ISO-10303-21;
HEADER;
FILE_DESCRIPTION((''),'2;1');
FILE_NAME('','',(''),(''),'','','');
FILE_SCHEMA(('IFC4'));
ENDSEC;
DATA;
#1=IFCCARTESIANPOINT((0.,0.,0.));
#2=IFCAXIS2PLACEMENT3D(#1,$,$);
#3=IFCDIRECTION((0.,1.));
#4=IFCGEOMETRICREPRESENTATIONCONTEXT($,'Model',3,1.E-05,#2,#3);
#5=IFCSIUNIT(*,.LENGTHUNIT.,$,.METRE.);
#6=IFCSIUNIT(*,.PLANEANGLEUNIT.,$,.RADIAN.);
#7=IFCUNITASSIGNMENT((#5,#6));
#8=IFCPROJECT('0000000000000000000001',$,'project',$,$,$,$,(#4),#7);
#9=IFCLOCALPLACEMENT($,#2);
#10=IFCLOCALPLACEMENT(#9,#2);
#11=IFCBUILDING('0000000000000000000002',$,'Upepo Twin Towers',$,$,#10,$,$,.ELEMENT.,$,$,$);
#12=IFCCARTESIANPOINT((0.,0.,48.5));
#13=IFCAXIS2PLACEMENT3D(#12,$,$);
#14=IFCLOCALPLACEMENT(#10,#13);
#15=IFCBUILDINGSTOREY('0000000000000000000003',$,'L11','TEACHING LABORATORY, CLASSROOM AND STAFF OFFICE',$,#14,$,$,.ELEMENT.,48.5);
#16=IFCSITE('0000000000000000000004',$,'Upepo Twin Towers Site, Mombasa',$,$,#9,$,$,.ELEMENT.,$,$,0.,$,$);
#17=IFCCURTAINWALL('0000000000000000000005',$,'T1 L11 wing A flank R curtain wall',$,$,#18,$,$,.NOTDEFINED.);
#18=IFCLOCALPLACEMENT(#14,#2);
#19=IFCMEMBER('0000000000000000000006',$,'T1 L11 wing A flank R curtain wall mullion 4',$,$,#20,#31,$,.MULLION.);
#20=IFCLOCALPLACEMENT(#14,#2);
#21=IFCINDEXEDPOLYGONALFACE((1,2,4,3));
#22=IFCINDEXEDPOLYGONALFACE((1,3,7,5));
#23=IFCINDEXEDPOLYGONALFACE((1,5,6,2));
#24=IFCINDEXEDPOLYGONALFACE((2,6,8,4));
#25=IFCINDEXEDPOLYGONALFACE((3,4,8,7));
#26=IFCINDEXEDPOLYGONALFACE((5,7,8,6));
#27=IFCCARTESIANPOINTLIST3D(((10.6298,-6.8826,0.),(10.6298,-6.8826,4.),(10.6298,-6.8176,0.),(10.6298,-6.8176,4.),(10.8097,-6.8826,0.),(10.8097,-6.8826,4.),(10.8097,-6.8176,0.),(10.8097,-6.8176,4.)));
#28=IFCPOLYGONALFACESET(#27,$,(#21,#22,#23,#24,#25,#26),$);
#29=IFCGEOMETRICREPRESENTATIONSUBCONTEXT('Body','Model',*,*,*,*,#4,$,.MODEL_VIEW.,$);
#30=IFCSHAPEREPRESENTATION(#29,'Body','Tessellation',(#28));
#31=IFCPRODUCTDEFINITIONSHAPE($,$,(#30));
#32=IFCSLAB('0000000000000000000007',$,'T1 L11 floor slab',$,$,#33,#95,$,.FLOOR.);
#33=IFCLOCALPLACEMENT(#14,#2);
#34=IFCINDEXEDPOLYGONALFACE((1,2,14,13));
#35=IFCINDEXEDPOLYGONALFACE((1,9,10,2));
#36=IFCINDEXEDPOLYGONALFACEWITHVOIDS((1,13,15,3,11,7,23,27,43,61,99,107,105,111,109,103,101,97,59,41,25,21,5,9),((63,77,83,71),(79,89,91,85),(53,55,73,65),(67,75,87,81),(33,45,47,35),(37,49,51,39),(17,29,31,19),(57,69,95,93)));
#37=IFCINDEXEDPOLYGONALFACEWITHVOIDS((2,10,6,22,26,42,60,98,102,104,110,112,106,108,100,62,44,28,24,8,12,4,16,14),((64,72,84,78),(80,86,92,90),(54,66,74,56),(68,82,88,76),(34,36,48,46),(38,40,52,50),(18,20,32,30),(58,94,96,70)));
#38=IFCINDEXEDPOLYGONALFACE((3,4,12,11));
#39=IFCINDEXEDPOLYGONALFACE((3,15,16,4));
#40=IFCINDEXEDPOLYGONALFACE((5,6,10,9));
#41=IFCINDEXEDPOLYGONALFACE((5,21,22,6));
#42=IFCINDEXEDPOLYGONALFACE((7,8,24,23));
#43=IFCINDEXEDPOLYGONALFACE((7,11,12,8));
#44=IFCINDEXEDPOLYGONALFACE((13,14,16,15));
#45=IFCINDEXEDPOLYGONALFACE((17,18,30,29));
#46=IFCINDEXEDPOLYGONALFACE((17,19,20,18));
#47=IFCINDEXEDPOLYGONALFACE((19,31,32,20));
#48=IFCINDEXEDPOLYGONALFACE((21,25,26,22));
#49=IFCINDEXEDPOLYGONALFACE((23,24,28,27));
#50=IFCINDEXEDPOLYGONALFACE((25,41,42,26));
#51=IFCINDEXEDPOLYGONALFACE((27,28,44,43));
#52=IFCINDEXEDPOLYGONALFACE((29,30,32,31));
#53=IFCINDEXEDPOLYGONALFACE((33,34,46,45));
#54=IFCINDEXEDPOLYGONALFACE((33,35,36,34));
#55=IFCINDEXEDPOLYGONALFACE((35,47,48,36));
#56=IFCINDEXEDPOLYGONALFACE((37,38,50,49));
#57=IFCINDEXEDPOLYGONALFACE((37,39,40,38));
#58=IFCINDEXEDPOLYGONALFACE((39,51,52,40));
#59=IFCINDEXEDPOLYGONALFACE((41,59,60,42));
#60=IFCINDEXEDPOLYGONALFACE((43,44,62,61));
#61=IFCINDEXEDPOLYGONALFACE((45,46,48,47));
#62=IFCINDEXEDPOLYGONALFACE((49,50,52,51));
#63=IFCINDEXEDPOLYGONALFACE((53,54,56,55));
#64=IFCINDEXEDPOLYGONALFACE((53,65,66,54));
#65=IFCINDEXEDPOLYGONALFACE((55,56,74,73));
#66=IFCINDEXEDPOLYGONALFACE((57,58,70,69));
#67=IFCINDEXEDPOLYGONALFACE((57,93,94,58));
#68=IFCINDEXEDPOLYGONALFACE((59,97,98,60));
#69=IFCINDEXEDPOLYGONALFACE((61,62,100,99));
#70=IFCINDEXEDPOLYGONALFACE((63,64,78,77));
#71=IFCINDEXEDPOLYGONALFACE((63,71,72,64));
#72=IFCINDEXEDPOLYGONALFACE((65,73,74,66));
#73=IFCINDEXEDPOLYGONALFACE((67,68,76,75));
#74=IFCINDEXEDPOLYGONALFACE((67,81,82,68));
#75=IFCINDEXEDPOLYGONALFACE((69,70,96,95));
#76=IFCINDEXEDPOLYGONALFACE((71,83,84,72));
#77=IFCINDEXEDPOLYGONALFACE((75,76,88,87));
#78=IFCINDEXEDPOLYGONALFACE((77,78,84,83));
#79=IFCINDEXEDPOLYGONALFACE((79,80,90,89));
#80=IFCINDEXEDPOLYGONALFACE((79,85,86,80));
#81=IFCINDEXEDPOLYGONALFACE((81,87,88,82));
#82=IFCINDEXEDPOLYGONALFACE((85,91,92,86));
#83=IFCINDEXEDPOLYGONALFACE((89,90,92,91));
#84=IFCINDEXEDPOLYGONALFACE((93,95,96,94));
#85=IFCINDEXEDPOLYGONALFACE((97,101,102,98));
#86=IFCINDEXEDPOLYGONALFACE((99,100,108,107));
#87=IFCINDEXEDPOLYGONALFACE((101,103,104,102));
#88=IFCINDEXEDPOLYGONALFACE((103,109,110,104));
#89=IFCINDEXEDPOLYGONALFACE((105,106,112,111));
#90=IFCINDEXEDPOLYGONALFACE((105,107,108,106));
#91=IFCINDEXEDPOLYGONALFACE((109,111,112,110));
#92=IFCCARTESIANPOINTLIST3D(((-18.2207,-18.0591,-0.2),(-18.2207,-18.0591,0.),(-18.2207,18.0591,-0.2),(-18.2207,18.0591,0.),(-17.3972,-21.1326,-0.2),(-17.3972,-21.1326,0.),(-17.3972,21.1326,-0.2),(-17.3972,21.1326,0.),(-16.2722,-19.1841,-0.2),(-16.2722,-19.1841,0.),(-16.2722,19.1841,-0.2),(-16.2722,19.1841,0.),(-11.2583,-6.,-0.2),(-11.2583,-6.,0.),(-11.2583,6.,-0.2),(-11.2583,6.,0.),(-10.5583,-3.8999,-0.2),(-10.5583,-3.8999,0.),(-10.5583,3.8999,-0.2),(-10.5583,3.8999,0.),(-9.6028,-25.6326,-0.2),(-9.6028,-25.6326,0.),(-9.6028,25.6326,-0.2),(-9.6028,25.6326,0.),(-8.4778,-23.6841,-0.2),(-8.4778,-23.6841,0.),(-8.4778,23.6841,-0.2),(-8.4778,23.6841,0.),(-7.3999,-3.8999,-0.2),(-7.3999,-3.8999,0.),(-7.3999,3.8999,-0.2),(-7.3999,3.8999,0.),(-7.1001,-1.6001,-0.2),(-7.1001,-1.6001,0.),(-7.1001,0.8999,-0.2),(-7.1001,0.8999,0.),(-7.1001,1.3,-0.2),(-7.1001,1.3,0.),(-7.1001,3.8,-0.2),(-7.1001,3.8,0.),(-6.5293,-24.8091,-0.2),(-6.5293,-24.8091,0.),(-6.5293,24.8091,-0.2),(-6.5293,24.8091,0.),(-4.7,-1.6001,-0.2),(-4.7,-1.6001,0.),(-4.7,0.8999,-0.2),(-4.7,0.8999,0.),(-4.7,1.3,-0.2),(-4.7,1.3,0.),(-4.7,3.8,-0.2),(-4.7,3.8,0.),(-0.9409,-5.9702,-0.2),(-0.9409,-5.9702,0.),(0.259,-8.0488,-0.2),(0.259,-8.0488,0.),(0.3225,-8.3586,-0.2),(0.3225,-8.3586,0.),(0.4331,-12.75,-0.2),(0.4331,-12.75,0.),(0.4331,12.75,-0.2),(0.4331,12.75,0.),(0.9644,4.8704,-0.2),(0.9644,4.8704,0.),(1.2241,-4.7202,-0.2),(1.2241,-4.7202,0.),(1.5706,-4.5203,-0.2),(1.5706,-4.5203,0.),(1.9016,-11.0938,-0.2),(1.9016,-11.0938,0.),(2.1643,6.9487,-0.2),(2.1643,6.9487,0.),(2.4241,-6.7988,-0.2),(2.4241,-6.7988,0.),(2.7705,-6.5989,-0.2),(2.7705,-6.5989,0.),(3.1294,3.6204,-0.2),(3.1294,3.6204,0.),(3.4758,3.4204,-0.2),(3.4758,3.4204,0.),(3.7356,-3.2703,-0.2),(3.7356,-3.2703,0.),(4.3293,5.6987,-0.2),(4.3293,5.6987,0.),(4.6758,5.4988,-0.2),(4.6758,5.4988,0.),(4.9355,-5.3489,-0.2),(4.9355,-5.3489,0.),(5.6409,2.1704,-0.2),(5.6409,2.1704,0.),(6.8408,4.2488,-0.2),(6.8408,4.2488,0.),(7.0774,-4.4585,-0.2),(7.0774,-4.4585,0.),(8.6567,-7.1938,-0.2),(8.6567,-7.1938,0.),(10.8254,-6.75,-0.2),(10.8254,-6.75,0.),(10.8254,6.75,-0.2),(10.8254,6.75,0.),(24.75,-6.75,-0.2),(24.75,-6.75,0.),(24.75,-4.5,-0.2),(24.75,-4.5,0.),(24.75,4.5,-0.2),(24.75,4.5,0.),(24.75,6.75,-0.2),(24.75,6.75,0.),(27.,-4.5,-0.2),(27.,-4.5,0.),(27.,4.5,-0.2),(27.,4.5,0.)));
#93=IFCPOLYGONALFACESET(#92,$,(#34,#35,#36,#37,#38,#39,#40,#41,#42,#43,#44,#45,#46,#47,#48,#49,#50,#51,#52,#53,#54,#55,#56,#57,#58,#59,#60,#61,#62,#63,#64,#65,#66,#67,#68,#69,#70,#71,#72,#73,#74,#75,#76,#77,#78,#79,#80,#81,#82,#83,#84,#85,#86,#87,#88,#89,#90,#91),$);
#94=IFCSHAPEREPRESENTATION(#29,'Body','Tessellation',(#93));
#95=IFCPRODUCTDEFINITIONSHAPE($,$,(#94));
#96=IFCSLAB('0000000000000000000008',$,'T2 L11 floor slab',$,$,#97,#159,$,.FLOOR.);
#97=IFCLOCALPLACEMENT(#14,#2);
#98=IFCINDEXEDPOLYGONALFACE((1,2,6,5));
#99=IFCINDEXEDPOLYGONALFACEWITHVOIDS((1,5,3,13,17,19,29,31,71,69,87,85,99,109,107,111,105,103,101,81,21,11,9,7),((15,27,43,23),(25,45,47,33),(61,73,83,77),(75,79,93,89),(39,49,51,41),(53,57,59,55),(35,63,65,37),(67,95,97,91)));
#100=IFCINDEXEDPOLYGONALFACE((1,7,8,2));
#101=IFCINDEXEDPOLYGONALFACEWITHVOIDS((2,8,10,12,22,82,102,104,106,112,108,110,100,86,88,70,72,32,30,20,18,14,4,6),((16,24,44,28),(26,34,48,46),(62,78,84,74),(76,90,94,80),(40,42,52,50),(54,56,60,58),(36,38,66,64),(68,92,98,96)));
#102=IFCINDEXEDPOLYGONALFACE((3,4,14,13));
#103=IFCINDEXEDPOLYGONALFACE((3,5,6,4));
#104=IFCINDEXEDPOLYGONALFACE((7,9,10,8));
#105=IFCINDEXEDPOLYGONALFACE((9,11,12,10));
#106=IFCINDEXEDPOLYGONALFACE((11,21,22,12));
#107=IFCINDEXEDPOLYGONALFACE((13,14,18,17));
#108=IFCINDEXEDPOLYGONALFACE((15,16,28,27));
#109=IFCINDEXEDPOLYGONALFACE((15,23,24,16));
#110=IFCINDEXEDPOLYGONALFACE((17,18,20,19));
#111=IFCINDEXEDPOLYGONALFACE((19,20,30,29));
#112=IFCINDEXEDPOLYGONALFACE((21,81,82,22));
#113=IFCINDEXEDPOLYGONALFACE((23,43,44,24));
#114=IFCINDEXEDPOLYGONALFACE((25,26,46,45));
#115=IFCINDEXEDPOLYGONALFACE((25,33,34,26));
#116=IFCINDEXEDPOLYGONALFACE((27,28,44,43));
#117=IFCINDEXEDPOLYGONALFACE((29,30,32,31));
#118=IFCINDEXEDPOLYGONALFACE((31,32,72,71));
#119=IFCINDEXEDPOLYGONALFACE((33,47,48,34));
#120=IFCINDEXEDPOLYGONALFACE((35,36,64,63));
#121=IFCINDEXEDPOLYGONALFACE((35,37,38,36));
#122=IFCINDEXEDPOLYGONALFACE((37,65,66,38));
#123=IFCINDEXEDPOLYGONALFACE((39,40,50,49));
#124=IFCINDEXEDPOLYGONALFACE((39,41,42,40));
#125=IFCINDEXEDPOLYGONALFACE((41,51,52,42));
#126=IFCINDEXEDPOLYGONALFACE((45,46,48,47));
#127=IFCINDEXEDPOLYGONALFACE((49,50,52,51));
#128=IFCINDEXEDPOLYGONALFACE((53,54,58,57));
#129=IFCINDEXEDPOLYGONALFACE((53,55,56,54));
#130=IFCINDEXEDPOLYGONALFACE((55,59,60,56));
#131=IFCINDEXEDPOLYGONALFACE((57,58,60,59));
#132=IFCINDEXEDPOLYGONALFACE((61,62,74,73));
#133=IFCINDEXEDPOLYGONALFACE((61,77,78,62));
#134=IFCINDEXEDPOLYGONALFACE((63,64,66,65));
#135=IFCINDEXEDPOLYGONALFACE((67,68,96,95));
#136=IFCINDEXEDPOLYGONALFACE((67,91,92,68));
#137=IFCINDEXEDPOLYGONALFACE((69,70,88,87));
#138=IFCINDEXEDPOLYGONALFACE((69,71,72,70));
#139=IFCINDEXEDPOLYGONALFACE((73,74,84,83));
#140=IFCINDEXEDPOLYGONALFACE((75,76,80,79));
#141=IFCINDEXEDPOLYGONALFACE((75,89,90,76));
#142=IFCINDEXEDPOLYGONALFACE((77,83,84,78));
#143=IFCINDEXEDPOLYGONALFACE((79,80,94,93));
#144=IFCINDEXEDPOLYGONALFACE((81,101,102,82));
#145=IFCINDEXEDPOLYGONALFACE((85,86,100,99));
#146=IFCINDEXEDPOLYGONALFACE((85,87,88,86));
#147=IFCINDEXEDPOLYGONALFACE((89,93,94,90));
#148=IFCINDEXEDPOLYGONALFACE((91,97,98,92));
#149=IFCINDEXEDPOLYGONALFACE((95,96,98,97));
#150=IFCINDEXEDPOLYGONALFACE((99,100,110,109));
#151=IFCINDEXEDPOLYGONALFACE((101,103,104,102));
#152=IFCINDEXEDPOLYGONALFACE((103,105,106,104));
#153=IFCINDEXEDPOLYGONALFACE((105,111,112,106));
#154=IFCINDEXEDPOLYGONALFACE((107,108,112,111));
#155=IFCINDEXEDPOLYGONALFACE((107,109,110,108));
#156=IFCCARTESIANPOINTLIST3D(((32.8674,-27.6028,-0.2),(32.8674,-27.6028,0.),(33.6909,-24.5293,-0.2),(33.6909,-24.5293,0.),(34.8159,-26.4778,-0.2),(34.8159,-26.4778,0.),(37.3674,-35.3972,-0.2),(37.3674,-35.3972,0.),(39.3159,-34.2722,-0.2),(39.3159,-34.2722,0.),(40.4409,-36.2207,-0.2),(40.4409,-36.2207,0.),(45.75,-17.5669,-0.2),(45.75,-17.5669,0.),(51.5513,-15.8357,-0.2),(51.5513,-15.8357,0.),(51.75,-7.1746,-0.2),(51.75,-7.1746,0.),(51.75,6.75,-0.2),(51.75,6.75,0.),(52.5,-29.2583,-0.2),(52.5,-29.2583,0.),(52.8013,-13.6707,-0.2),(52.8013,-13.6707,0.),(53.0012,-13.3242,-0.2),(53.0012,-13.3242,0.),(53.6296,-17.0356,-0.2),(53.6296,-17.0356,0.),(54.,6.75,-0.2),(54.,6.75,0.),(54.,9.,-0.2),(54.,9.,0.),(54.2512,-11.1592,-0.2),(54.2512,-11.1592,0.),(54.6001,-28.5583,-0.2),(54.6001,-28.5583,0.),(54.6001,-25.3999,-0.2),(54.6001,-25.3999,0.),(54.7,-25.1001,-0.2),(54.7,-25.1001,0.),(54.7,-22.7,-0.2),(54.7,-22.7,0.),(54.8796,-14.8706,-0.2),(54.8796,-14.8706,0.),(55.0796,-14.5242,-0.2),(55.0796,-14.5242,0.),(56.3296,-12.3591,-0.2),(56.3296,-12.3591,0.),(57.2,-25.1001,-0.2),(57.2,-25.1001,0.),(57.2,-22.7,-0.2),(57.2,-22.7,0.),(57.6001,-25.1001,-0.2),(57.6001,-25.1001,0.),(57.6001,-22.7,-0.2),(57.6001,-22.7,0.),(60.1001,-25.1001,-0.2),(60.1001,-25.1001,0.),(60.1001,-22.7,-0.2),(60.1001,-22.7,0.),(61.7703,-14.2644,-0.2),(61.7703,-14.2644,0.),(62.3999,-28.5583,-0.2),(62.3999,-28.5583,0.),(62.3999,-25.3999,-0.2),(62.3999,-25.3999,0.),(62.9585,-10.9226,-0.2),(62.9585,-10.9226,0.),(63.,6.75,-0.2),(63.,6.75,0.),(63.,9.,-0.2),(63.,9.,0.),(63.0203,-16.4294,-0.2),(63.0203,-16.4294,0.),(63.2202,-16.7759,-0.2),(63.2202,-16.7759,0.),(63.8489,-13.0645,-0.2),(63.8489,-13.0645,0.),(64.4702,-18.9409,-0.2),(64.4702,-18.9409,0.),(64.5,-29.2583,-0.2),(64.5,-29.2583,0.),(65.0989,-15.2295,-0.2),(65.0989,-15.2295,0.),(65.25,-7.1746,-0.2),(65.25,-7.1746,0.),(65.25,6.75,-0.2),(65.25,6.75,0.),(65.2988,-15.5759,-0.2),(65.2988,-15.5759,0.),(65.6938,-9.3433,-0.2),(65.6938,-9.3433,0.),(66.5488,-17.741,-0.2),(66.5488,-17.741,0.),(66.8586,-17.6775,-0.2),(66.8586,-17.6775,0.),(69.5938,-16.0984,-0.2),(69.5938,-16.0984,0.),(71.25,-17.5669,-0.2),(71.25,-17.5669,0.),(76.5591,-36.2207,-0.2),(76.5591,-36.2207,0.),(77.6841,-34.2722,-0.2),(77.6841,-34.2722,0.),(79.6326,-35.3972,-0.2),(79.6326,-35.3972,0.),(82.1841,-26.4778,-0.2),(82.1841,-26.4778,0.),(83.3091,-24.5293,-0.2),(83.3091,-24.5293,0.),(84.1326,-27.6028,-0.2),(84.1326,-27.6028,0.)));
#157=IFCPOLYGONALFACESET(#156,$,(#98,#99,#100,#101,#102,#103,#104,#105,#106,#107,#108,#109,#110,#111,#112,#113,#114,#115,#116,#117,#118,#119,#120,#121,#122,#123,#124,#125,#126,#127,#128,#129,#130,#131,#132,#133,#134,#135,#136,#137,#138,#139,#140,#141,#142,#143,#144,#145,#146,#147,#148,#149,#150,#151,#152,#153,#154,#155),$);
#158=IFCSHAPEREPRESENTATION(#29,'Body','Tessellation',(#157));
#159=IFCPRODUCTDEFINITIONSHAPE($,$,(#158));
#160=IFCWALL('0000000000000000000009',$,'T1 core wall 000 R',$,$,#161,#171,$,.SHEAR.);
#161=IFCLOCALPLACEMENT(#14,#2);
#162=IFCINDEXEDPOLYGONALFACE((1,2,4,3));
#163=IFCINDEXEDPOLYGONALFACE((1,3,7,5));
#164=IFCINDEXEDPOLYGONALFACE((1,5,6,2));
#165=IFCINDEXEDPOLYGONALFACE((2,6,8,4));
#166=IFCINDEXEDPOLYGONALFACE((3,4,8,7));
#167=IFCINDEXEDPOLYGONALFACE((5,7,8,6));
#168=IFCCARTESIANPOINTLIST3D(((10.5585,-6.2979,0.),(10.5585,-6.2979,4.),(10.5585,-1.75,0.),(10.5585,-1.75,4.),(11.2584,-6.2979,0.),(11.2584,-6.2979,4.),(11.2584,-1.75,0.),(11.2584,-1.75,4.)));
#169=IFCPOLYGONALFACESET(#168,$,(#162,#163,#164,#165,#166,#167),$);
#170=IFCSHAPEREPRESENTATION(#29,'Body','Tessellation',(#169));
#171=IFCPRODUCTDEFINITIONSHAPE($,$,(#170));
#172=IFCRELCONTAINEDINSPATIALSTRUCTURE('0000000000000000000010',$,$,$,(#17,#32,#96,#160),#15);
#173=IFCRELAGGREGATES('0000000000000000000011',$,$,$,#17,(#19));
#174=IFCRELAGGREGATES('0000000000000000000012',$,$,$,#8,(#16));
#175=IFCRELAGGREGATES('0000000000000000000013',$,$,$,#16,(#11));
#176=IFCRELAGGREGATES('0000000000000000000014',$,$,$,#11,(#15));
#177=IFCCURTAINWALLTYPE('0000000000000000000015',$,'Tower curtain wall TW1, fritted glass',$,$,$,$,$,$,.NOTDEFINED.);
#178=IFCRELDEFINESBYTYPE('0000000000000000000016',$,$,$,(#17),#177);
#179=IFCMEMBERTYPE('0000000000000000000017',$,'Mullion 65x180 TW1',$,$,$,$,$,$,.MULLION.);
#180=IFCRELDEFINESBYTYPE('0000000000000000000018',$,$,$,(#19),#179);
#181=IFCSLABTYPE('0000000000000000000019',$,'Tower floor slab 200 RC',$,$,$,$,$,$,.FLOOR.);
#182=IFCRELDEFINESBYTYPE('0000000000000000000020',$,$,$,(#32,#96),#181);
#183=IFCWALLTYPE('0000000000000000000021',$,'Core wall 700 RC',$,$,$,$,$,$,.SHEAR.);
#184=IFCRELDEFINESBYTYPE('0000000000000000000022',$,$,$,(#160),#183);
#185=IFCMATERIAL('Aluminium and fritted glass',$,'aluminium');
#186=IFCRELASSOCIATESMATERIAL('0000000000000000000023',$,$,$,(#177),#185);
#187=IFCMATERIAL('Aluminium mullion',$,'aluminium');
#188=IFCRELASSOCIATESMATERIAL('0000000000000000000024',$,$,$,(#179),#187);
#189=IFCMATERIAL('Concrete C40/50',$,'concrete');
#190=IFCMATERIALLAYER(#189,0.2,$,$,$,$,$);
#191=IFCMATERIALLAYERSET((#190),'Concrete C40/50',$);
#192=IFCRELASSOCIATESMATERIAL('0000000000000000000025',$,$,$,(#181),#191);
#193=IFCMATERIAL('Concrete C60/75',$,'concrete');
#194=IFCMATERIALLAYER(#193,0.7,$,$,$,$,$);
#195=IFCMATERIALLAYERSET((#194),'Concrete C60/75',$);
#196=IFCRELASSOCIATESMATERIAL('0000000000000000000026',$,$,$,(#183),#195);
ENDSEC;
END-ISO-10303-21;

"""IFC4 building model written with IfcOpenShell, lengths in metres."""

from ifc_helpers import new_model, si_unit, direction, frame, frame_2d, origin, origin_2d, place, context, subcontext, project, spatial, polyline, rectangle, outline, extrude, material, layer, layer_set, material_profile, profile_set, type_object, element, aggregate, save


model = new_model("IFC4")

# Units and contexts
model_context = context("Model", 3, precision=1e-05, world=origin(), true_north=direction((0.0, 1.0)))
body_context = subcontext(model_context, "Body", "Model", "MODEL_VIEW")
ifc_project = project(units=[si_unit("LENGTHUNIT", "METRE"), si_unit("PLANEANGLEUNIT", "RADIAN")], contexts=[model_context])

# Site, building, storey
site_placement = place(None, origin())
site = spatial("IfcSite", under=ifc_project, at=site_placement, Name="Upepo Twin Towers Site, Mombasa", CompositionType="ELEMENT", RefElevation=0.0)
building_placement = place(site_placement, origin())
building = spatial("IfcBuilding", under=site, at=building_placement, Name="Upepo Twin Towers", CompositionType="ELEMENT")
storey_placement = place(building_placement, frame((0.0, 0.0, 48.5)))
storey = spatial("IfcBuildingStorey", under=building, at=storey_placement, Name="L11", Description="TEACHING LABORATORY, CLASSROOM AND STAFF OFFICE", CompositionType="ELEMENT", Elevation=48.5)

# Curtain wall, member
ifc_material_1 = material(Name="Aluminium and fritted glass", Category="aluminium")
curtain_wall_type = type_object("IfcCurtainWallType", Name="Tower curtain wall TW1, fritted glass", PredefinedType="NOTDEFINED", material=ifc_material_1)
curtain_wall_placement = place(storey_placement, origin())
curtain_wall = element("IfcCurtainWall", 1, at=curtain_wall_placement, inside=storey, type_object=curtain_wall_type, Name="T1 L11 wing A flank R curtain wall", PredefinedType="NOTDEFINED")
ifc_material_2 = material(Name="Aluminium mullion", Category="aluminium")
ifc_material_profile = material_profile(ifc_material_2, rectangle(XDim=0.0649, YDim=0.1799, at=origin_2d()), Name="MULLION 65x180")
ifc_profile_set = profile_set([ifc_material_profile], Name="Aluminium mullion")
member_type = type_object("IfcMemberType", Name="Mullion 65x180 TW1", PredefinedType="MULLION", material=ifc_profile_set)
member_placement = place(storey_placement, frame((10.7197, -6.8501, 0.0), z_axis=(0.0, 0.0, 1.0), x_axis=(0.0, -1.0, 0.0)))
member = element("IfcMember", 2, at=member_placement, type_object=member_type, Name="T1 L11 wing A flank R curtain wall mullion 4", PredefinedType="MULLION", context=body_context, shape_type="SweptSolid", body=[
    extrude(rectangle(XDim=0.0649, YDim=0.1799, at=origin_2d()), origin(), (0.0, 0.0, 1.0), 4.0),
])
aggregate(curtain_wall, [member])

# Slabs
ifc_material_3 = material(Name="Concrete C40/50", Category="concrete")
ifc_layer_1 = layer(ifc_material_3, 0.2)
ifc_layer_set_1 = layer_set([ifc_layer_1], Name="Concrete C40/50")
slab_type = type_object("IfcSlabType", Name="Tower floor slab 200 RC", PredefinedType="FLOOR", material=ifc_layer_set_1)
slab_1_placement = place(storey_placement, frame((0.0, 0.0, -0.2)))
element("IfcSlab", 3, at=slab_1_placement, inside=storey, type_object=slab_type, Name="T1 L11 floor slab", PredefinedType="FLOOR", context=body_context, shape_type="SweptSolid", body=[
    extrude(outline(polyline([(-8.4778, -23.6841), (-9.6028, -25.6326), (-17.3972, -21.1326), (-16.2722, -19.1841), (-18.2207, -18.0591), (-11.2583, -6.0), (-11.2583, 6.0), (-18.2207, 18.0591), (-16.2722, 19.1841), (-17.3972, 21.1326), (-9.6028, 25.6326), (-8.4778, 23.6841), (-6.5293, 24.8091), (0.4331, 12.75), (10.8254, 6.75), (24.75, 6.75), (24.75, 4.5), (27.0, 4.5), (27.0, -4.5), (24.75, -4.5), (24.75, -6.75), (10.8254, -6.75), (0.4331, -12.75), (-6.5293, -24.8091), (-8.4778, -23.6841)]), holes=[polyline([(5.6409, 2.1704), (6.8408, 4.2488), (4.6758, 5.4988), (3.4758, 3.4204), (5.6409, 2.1704)]), polyline([(3.1294, 3.6204), (4.3293, 5.6987), (2.1643, 6.9487), (0.9644, 4.8704), (3.1294, 3.6204)]), polyline([(-4.7, 3.8), (-7.1001, 3.8), (-7.1001, 1.3), (-4.7, 1.3), (-4.7, 3.8)]), polyline([(-4.7, 0.8999), (-7.1001, 0.8999), (-7.1001, -1.6001), (-4.7, -1.6001), (-4.7, 0.8999)]), polyline([(-7.3999, 3.8999), (-10.5583, 3.8999), (-10.5583, -3.8999), (-7.3999, -3.8999), (-7.3999, 3.8999)]), polyline([(-0.9409, -5.9702), (0.259, -8.0488), (2.4241, -6.7988), (1.2241, -4.7202), (-0.9409, -5.9702)]), polyline([(1.5706, -4.5203), (2.7705, -6.5989), (4.9355, -5.3489), (3.7356, -3.2703), (1.5706, -4.5203)]), polyline([(0.3225, -8.3586), (1.9016, -11.0938), (8.6567, -7.1938), (7.0774, -4.4585), (0.3225, -8.3586)])]), origin(), (0.0, 0.0, 1.0), 0.2),
])
slab_2_placement = place(storey_placement, frame((0.0, 0.0, -0.2)))
element("IfcSlab", 4, at=slab_2_placement, inside=storey, type_object=slab_type, Name="T2 L11 floor slab", PredefinedType="FLOOR", context=body_context, shape_type="SweptSolid", body=[
    extrude(outline(polyline([(82.1841, -26.4778), (84.1326, -27.6028), (79.6326, -35.3972), (77.6841, -34.2722), (76.5591, -36.2207), (64.5, -29.2583), (52.5, -29.2583), (40.4409, -36.2207), (39.3159, -34.2722), (37.3674, -35.3972), (32.8674, -27.6028), (34.8159, -26.4778), (33.6909, -24.5293), (45.75, -17.5669), (51.75, -7.1746), (51.75, 6.75), (54.0, 6.75), (54.0, 9.0), (63.0, 9.0), (63.0, 6.75), (65.25, 6.75), (65.25, -7.1746), (71.25, -17.5669), (83.3091, -24.5293), (82.1841, -26.4778)]), holes=[polyline([(56.3296, -12.3591), (54.2512, -11.1592), (53.0012, -13.3242), (55.0796, -14.5242), (56.3296, -12.3591)]), polyline([(54.8796, -14.8706), (52.8013, -13.6707), (51.5513, -15.8357), (53.6296, -17.0356), (54.8796, -14.8706)]), polyline([(54.7, -22.7), (54.7, -25.1001), (57.2, -25.1001), (57.2, -22.7), (54.7, -22.7)]), polyline([(57.6001, -22.7), (57.6001, -25.1001), (60.1001, -25.1001), (60.1001, -22.7), (57.6001, -22.7)]), polyline([(54.6001, -25.3999), (54.6001, -28.5583), (62.3999, -28.5583), (62.3999, -25.3999), (54.6001, -25.3999)]), polyline([(64.4702, -18.9409), (66.5488, -17.741), (65.2988, -15.5759), (63.2202, -16.7759), (64.4702, -18.9409)]), polyline([(63.0203, -16.4294), (65.0989, -15.2295), (63.8489, -13.0645), (61.7703, -14.2644), (63.0203, -16.4294)]), polyline([(66.8586, -17.6775), (69.5938, -16.0984), (65.6938, -9.3433), (62.9585, -10.9226), (66.8586, -17.6775)])]), origin(), (0.0, 0.0, 1.0), 0.2),
])

# Wall
ifc_material_4 = material(Name="Concrete C60/75", Category="concrete")
ifc_layer_2 = layer(ifc_material_4, 0.7)
ifc_layer_set_2 = layer_set([ifc_layer_2], Name="Concrete C60/75")
wall_type_1 = type_object("IfcWallType", Name="Core wall 700 RC", PredefinedType="SHEAR", material=ifc_layer_set_2)
wall_1_placement = place(storey_placement, frame((10.9084, -6.2979, 0.0), z_axis=(0.0, 0.0, 1.0), x_axis=(0.0, 1.0, 0.0)))
element("IfcWall", 5, at=wall_1_placement, inside=storey, type_object=wall_type_1, Name="T1 core wall 000 R", PredefinedType="SHEAR", context=body_context, shape_type="SweptSolid", body=[
    extrude(rectangle(XDim=4.5479, YDim=0.7, at=frame_2d((2.2739, 0.0))), origin(), (0.0, 0.0, 1.0), 4.0),
])

save(model, "model.ifc")
